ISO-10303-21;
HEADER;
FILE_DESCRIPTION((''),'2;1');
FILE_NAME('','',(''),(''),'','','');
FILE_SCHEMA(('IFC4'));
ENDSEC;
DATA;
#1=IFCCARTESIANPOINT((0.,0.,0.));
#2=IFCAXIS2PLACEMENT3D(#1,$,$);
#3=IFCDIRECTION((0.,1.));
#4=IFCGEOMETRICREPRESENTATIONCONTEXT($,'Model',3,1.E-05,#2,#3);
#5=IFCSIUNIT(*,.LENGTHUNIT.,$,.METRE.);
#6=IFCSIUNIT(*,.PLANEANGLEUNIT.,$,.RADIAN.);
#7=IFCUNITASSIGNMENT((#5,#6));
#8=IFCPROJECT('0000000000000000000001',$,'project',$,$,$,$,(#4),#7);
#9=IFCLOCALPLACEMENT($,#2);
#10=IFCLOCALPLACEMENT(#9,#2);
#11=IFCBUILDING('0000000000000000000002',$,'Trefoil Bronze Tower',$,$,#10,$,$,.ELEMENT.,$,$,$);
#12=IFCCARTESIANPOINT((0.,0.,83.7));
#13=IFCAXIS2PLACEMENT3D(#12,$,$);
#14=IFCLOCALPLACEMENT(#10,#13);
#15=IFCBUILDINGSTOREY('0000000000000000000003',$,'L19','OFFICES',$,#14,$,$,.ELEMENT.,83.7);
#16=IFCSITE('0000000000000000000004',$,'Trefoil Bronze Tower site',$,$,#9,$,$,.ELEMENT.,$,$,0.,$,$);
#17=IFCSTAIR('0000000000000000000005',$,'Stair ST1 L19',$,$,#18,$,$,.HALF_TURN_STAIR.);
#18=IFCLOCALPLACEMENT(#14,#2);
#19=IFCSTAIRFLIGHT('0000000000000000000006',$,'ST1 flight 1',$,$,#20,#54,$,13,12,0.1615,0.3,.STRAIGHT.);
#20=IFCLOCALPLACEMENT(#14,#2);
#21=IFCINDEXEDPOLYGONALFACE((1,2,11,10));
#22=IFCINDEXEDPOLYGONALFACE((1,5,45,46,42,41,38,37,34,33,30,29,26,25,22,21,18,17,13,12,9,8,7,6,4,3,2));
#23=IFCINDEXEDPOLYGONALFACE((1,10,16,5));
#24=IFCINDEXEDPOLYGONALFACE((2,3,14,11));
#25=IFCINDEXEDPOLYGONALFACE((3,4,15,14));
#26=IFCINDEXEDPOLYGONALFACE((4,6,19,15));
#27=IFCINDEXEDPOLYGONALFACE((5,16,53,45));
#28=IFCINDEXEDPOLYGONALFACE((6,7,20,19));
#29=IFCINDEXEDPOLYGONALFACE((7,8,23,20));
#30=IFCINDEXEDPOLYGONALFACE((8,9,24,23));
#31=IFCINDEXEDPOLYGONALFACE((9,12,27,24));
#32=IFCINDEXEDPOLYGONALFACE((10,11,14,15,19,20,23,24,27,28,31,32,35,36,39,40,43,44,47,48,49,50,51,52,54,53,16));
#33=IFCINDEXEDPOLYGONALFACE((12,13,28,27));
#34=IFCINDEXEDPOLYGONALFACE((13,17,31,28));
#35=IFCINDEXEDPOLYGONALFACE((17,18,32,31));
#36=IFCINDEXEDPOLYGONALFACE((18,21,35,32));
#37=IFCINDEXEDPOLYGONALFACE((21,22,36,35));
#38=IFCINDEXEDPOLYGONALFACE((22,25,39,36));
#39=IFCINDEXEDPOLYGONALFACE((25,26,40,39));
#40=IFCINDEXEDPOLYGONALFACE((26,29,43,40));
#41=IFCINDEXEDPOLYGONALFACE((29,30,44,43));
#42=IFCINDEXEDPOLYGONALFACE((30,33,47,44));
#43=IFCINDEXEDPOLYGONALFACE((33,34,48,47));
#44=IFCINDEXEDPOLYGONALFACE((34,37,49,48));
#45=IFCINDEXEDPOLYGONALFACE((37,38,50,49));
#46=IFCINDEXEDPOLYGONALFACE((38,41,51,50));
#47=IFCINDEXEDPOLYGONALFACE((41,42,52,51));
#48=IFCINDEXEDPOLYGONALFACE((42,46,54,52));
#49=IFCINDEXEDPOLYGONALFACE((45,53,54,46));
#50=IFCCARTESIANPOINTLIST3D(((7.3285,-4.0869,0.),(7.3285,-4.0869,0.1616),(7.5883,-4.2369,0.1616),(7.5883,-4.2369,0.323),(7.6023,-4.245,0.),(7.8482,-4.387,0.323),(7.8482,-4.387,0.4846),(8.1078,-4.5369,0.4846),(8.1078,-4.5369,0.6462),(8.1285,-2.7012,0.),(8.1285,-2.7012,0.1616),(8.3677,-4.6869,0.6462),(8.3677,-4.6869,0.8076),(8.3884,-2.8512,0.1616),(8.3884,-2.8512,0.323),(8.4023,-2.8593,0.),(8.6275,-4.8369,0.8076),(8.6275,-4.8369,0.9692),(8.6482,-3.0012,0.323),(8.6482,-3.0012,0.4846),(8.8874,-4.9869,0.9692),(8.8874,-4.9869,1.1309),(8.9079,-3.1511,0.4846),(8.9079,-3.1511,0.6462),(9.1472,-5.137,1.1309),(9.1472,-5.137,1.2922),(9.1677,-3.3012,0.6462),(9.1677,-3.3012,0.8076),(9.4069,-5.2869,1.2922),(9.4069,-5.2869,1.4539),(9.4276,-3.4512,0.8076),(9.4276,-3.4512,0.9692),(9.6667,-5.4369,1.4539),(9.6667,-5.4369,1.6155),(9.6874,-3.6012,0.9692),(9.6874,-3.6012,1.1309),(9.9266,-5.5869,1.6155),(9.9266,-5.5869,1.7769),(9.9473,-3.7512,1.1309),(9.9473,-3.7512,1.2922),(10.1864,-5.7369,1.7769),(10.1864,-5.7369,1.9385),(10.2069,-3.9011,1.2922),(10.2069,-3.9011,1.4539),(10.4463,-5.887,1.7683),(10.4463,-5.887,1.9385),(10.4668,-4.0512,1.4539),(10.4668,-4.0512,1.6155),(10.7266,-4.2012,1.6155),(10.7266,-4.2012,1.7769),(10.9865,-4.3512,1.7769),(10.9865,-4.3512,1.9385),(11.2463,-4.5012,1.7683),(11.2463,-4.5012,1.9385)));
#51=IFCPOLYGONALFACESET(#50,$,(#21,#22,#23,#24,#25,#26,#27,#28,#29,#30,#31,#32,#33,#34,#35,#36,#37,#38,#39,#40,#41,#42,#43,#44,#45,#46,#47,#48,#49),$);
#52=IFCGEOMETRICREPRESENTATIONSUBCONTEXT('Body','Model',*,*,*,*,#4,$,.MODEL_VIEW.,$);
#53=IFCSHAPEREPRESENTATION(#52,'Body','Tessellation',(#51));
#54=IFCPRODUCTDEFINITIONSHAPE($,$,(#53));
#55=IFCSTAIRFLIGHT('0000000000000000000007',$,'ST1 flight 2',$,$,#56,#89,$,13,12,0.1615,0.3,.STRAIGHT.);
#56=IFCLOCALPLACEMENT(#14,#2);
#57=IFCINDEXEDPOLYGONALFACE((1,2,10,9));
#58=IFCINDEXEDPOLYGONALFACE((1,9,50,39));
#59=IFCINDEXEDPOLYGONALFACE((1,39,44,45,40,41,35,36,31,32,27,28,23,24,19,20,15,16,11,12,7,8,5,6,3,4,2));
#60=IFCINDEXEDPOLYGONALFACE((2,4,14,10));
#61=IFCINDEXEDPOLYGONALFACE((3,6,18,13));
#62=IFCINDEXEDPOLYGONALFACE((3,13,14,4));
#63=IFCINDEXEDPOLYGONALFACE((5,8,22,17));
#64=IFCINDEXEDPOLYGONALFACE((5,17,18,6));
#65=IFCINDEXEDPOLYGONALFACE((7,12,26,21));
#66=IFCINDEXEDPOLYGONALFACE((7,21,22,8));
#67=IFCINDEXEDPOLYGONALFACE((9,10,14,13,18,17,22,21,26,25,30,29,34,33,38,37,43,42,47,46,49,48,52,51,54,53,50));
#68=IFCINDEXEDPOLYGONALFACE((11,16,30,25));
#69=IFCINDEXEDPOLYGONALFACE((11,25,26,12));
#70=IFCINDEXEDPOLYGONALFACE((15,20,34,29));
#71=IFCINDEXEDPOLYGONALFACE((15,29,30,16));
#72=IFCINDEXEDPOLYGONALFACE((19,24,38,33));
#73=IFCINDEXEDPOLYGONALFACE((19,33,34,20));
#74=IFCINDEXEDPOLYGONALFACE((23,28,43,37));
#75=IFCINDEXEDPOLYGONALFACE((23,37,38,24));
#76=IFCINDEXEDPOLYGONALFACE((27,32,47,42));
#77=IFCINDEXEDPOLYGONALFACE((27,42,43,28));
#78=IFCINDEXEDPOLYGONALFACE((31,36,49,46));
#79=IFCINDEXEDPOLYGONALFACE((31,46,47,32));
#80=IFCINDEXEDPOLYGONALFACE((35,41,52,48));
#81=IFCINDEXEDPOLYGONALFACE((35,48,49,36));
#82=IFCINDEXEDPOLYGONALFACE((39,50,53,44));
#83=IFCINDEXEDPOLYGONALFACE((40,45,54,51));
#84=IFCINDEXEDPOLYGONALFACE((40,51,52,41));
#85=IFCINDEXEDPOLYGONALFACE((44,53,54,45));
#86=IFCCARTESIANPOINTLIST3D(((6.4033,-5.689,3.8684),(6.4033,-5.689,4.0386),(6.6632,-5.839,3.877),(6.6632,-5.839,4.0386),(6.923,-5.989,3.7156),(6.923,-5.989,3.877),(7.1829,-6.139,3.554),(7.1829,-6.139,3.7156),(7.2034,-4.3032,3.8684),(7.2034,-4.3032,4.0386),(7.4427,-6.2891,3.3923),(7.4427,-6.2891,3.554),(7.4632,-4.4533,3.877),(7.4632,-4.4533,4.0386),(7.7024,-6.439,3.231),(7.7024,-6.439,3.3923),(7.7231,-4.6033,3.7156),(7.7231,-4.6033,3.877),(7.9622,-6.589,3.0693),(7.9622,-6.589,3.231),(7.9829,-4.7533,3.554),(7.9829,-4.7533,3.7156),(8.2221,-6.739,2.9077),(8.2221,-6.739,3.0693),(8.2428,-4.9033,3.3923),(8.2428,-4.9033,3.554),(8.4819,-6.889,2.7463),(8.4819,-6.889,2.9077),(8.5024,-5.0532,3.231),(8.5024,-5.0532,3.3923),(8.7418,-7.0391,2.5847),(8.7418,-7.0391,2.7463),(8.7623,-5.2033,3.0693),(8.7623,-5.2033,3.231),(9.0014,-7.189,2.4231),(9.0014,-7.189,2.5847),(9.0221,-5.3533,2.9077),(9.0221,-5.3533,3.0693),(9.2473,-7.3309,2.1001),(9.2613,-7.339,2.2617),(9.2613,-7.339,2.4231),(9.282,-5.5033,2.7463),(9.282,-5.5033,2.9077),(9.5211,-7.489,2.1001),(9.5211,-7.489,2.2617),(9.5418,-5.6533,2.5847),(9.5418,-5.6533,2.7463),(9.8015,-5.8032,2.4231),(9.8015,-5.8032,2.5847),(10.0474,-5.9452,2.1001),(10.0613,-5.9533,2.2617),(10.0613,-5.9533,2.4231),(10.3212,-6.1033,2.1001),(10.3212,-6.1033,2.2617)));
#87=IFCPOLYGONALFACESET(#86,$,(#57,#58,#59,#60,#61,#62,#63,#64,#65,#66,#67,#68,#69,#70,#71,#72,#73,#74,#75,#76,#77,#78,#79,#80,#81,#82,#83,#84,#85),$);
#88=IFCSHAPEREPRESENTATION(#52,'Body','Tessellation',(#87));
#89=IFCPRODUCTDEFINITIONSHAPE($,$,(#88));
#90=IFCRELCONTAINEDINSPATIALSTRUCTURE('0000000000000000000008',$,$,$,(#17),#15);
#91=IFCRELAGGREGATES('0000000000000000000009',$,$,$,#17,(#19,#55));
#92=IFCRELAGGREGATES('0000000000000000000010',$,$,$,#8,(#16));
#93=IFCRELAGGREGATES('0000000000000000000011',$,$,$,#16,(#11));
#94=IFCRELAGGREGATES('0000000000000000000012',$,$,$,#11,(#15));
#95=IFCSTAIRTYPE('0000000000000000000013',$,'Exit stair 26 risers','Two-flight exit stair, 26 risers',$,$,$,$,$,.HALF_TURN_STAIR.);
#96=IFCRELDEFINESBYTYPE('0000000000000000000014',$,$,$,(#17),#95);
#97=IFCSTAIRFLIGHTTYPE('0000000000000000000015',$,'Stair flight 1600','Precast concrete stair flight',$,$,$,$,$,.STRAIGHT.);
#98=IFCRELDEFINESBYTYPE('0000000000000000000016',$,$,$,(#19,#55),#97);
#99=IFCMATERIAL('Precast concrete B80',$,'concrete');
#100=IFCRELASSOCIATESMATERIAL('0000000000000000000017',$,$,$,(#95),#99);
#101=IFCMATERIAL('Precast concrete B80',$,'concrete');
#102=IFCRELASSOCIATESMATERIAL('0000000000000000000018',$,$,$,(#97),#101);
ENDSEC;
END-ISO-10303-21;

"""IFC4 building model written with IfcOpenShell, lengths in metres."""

from ifc_helpers import new_model, si_unit, direction, frame, origin, place, context, subcontext, project, spatial, polyline, outline, extrude, material, type_object, element, aggregate, save


model = new_model("IFC4")

# Units and contexts
model_context = context("Model", 3, precision=1e-05, world=origin(), true_north=direction((0.0, 1.0)))
body_context = subcontext(model_context, "Body", "Model", "MODEL_VIEW")
ifc_project = project(units=[si_unit("LENGTHUNIT", "METRE"), si_unit("PLANEANGLEUNIT", "RADIAN")], contexts=[model_context])

# Site, building, storey
site_placement = place(None, origin())
site = spatial("IfcSite", under=ifc_project, at=site_placement, Name="Trefoil Bronze Tower site", CompositionType="ELEMENT", RefElevation=0.0)
building_placement = place(site_placement, origin())
building = spatial("IfcBuilding", under=site, at=building_placement, Name="Trefoil Bronze Tower", CompositionType="ELEMENT")
storey_placement = place(building_placement, frame((0.0, 0.0, 83.7)))
storey = spatial("IfcBuildingStorey", under=building, at=storey_placement, Name="L19", Description="OFFICES", CompositionType="ELEMENT", Elevation=83.7)

# Stair, stair flights
ifc_material_1 = material(Name="Precast concrete B80", Category="concrete")
stair_type = type_object("IfcStairType", Name="Exit stair 26 risers", Description="Two-flight exit stair, 26 risers", PredefinedType="HALF_TURN_STAIR", material=ifc_material_1)
stair_placement = place(storey_placement, origin())
stair = element("IfcStair", 1, at=stair_placement, inside=storey, type_object=stair_type, Name="Stair ST1 L19", PredefinedType="HALF_TURN_STAIR")
ifc_material_2 = material(Name="Precast concrete B80", Category="concrete")
stair_flight_type = type_object("IfcStairFlightType", Name="Stair flight 1600", Description="Precast concrete stair flight", PredefinedType="STRAIGHT", material=ifc_material_2)
stair_flight_1_placement = place(storey_placement, frame((7.7285, -3.394, 0.0), z_axis=(0.0, 0.0, 1.0), x_axis=(0.866025, -0.5, 0.0)))
stair_flight_1 = element("IfcStairFlight", 2, at=stair_flight_1_placement, type_object=stair_flight_type, Name="ST1 flight 1", NumberOfRisers=13, NumberOfTreads=12, PredefinedType="STRAIGHT", RiserHeight=0.1615, TreadLength=0.3, context=body_context, shape_type="SweptSolid", body=[
    extrude(outline(polyline([(0.0, 0.0), (0.0, 0.1616), (0.3, 0.1616), (0.3, 0.323), (0.6001, 0.323), (0.6001, 0.4846), (0.8999, 0.4846), (0.8999, 0.6462), (1.2, 0.6462), (1.2, 0.8076), (1.5, 0.8076), (1.5, 0.9692), (1.8, 0.9692), (1.8, 1.1309), (2.1001, 1.1309), (2.1001, 1.2922), (2.3999, 1.2922), (2.3999, 1.4539), (2.7, 1.4539), (2.7, 1.6155), (3.0, 1.6155), (3.0, 1.7769), (3.3, 1.7769), (3.3, 1.9385), (3.6001, 1.9385), (3.6001, 2.1001), (3.6001, 1.7683), (0.3162, 0.0), (0.0, 0.0)])), frame((0.0, 0.8, 0.0), z_axis=(0.0, -1.0, 0.0), x_axis=(1.0, 0.0, 0.0)), (0.0, 0.0, 1.0), 1.6001),
])
stair_flight_2_placement = place(storey_placement, frame((9.9211, -6.7961, 2.1001), z_axis=(0.0, 0.0, 1.0), x_axis=(-0.866025, 0.5, 0.0)))
stair_flight_2 = element("IfcStairFlight", 3, at=stair_flight_2_placement, type_object=stair_flight_type, Name="ST1 flight 2", NumberOfRisers=13, NumberOfTreads=12, PredefinedType="STRAIGHT", RiserHeight=0.1615, TreadLength=0.3, context=body_context, shape_type="SweptSolid", body=[
    extrude(outline(polyline([(0.0, 0.0), (0.0, 0.1616), (0.3, 0.1616), (0.3, 0.323), (0.6001, 0.323), (0.6001, 0.4846), (0.8999, 0.4846), (0.8999, 0.6462), (1.2, 0.6462), (1.2, 0.8076), (1.5, 0.8076), (1.5, 0.9692), (1.8, 0.9692), (1.8, 1.1309), (2.1001, 1.1309), (2.1001, 1.2922), (2.3999, 1.2922), (2.3999, 1.4539), (2.7, 1.4539), (2.7, 1.6155), (3.0, 1.6155), (3.0, 1.7769), (3.3, 1.7769), (3.3, 1.9385), (3.6001, 1.9385), (3.6001, 2.1001), (3.6001, 1.7683), (0.3162, 0.0), (0.0, 0.0)])), frame((0.0, 0.8, 0.0), z_axis=(0.0, -1.0, 0.0), x_axis=(1.0, 0.0, 0.0)), (0.0, 0.0, 1.0), 1.6001),
])
aggregate(stair, [stair_flight_1, stair_flight_2])

save(model, "model.ifc")
